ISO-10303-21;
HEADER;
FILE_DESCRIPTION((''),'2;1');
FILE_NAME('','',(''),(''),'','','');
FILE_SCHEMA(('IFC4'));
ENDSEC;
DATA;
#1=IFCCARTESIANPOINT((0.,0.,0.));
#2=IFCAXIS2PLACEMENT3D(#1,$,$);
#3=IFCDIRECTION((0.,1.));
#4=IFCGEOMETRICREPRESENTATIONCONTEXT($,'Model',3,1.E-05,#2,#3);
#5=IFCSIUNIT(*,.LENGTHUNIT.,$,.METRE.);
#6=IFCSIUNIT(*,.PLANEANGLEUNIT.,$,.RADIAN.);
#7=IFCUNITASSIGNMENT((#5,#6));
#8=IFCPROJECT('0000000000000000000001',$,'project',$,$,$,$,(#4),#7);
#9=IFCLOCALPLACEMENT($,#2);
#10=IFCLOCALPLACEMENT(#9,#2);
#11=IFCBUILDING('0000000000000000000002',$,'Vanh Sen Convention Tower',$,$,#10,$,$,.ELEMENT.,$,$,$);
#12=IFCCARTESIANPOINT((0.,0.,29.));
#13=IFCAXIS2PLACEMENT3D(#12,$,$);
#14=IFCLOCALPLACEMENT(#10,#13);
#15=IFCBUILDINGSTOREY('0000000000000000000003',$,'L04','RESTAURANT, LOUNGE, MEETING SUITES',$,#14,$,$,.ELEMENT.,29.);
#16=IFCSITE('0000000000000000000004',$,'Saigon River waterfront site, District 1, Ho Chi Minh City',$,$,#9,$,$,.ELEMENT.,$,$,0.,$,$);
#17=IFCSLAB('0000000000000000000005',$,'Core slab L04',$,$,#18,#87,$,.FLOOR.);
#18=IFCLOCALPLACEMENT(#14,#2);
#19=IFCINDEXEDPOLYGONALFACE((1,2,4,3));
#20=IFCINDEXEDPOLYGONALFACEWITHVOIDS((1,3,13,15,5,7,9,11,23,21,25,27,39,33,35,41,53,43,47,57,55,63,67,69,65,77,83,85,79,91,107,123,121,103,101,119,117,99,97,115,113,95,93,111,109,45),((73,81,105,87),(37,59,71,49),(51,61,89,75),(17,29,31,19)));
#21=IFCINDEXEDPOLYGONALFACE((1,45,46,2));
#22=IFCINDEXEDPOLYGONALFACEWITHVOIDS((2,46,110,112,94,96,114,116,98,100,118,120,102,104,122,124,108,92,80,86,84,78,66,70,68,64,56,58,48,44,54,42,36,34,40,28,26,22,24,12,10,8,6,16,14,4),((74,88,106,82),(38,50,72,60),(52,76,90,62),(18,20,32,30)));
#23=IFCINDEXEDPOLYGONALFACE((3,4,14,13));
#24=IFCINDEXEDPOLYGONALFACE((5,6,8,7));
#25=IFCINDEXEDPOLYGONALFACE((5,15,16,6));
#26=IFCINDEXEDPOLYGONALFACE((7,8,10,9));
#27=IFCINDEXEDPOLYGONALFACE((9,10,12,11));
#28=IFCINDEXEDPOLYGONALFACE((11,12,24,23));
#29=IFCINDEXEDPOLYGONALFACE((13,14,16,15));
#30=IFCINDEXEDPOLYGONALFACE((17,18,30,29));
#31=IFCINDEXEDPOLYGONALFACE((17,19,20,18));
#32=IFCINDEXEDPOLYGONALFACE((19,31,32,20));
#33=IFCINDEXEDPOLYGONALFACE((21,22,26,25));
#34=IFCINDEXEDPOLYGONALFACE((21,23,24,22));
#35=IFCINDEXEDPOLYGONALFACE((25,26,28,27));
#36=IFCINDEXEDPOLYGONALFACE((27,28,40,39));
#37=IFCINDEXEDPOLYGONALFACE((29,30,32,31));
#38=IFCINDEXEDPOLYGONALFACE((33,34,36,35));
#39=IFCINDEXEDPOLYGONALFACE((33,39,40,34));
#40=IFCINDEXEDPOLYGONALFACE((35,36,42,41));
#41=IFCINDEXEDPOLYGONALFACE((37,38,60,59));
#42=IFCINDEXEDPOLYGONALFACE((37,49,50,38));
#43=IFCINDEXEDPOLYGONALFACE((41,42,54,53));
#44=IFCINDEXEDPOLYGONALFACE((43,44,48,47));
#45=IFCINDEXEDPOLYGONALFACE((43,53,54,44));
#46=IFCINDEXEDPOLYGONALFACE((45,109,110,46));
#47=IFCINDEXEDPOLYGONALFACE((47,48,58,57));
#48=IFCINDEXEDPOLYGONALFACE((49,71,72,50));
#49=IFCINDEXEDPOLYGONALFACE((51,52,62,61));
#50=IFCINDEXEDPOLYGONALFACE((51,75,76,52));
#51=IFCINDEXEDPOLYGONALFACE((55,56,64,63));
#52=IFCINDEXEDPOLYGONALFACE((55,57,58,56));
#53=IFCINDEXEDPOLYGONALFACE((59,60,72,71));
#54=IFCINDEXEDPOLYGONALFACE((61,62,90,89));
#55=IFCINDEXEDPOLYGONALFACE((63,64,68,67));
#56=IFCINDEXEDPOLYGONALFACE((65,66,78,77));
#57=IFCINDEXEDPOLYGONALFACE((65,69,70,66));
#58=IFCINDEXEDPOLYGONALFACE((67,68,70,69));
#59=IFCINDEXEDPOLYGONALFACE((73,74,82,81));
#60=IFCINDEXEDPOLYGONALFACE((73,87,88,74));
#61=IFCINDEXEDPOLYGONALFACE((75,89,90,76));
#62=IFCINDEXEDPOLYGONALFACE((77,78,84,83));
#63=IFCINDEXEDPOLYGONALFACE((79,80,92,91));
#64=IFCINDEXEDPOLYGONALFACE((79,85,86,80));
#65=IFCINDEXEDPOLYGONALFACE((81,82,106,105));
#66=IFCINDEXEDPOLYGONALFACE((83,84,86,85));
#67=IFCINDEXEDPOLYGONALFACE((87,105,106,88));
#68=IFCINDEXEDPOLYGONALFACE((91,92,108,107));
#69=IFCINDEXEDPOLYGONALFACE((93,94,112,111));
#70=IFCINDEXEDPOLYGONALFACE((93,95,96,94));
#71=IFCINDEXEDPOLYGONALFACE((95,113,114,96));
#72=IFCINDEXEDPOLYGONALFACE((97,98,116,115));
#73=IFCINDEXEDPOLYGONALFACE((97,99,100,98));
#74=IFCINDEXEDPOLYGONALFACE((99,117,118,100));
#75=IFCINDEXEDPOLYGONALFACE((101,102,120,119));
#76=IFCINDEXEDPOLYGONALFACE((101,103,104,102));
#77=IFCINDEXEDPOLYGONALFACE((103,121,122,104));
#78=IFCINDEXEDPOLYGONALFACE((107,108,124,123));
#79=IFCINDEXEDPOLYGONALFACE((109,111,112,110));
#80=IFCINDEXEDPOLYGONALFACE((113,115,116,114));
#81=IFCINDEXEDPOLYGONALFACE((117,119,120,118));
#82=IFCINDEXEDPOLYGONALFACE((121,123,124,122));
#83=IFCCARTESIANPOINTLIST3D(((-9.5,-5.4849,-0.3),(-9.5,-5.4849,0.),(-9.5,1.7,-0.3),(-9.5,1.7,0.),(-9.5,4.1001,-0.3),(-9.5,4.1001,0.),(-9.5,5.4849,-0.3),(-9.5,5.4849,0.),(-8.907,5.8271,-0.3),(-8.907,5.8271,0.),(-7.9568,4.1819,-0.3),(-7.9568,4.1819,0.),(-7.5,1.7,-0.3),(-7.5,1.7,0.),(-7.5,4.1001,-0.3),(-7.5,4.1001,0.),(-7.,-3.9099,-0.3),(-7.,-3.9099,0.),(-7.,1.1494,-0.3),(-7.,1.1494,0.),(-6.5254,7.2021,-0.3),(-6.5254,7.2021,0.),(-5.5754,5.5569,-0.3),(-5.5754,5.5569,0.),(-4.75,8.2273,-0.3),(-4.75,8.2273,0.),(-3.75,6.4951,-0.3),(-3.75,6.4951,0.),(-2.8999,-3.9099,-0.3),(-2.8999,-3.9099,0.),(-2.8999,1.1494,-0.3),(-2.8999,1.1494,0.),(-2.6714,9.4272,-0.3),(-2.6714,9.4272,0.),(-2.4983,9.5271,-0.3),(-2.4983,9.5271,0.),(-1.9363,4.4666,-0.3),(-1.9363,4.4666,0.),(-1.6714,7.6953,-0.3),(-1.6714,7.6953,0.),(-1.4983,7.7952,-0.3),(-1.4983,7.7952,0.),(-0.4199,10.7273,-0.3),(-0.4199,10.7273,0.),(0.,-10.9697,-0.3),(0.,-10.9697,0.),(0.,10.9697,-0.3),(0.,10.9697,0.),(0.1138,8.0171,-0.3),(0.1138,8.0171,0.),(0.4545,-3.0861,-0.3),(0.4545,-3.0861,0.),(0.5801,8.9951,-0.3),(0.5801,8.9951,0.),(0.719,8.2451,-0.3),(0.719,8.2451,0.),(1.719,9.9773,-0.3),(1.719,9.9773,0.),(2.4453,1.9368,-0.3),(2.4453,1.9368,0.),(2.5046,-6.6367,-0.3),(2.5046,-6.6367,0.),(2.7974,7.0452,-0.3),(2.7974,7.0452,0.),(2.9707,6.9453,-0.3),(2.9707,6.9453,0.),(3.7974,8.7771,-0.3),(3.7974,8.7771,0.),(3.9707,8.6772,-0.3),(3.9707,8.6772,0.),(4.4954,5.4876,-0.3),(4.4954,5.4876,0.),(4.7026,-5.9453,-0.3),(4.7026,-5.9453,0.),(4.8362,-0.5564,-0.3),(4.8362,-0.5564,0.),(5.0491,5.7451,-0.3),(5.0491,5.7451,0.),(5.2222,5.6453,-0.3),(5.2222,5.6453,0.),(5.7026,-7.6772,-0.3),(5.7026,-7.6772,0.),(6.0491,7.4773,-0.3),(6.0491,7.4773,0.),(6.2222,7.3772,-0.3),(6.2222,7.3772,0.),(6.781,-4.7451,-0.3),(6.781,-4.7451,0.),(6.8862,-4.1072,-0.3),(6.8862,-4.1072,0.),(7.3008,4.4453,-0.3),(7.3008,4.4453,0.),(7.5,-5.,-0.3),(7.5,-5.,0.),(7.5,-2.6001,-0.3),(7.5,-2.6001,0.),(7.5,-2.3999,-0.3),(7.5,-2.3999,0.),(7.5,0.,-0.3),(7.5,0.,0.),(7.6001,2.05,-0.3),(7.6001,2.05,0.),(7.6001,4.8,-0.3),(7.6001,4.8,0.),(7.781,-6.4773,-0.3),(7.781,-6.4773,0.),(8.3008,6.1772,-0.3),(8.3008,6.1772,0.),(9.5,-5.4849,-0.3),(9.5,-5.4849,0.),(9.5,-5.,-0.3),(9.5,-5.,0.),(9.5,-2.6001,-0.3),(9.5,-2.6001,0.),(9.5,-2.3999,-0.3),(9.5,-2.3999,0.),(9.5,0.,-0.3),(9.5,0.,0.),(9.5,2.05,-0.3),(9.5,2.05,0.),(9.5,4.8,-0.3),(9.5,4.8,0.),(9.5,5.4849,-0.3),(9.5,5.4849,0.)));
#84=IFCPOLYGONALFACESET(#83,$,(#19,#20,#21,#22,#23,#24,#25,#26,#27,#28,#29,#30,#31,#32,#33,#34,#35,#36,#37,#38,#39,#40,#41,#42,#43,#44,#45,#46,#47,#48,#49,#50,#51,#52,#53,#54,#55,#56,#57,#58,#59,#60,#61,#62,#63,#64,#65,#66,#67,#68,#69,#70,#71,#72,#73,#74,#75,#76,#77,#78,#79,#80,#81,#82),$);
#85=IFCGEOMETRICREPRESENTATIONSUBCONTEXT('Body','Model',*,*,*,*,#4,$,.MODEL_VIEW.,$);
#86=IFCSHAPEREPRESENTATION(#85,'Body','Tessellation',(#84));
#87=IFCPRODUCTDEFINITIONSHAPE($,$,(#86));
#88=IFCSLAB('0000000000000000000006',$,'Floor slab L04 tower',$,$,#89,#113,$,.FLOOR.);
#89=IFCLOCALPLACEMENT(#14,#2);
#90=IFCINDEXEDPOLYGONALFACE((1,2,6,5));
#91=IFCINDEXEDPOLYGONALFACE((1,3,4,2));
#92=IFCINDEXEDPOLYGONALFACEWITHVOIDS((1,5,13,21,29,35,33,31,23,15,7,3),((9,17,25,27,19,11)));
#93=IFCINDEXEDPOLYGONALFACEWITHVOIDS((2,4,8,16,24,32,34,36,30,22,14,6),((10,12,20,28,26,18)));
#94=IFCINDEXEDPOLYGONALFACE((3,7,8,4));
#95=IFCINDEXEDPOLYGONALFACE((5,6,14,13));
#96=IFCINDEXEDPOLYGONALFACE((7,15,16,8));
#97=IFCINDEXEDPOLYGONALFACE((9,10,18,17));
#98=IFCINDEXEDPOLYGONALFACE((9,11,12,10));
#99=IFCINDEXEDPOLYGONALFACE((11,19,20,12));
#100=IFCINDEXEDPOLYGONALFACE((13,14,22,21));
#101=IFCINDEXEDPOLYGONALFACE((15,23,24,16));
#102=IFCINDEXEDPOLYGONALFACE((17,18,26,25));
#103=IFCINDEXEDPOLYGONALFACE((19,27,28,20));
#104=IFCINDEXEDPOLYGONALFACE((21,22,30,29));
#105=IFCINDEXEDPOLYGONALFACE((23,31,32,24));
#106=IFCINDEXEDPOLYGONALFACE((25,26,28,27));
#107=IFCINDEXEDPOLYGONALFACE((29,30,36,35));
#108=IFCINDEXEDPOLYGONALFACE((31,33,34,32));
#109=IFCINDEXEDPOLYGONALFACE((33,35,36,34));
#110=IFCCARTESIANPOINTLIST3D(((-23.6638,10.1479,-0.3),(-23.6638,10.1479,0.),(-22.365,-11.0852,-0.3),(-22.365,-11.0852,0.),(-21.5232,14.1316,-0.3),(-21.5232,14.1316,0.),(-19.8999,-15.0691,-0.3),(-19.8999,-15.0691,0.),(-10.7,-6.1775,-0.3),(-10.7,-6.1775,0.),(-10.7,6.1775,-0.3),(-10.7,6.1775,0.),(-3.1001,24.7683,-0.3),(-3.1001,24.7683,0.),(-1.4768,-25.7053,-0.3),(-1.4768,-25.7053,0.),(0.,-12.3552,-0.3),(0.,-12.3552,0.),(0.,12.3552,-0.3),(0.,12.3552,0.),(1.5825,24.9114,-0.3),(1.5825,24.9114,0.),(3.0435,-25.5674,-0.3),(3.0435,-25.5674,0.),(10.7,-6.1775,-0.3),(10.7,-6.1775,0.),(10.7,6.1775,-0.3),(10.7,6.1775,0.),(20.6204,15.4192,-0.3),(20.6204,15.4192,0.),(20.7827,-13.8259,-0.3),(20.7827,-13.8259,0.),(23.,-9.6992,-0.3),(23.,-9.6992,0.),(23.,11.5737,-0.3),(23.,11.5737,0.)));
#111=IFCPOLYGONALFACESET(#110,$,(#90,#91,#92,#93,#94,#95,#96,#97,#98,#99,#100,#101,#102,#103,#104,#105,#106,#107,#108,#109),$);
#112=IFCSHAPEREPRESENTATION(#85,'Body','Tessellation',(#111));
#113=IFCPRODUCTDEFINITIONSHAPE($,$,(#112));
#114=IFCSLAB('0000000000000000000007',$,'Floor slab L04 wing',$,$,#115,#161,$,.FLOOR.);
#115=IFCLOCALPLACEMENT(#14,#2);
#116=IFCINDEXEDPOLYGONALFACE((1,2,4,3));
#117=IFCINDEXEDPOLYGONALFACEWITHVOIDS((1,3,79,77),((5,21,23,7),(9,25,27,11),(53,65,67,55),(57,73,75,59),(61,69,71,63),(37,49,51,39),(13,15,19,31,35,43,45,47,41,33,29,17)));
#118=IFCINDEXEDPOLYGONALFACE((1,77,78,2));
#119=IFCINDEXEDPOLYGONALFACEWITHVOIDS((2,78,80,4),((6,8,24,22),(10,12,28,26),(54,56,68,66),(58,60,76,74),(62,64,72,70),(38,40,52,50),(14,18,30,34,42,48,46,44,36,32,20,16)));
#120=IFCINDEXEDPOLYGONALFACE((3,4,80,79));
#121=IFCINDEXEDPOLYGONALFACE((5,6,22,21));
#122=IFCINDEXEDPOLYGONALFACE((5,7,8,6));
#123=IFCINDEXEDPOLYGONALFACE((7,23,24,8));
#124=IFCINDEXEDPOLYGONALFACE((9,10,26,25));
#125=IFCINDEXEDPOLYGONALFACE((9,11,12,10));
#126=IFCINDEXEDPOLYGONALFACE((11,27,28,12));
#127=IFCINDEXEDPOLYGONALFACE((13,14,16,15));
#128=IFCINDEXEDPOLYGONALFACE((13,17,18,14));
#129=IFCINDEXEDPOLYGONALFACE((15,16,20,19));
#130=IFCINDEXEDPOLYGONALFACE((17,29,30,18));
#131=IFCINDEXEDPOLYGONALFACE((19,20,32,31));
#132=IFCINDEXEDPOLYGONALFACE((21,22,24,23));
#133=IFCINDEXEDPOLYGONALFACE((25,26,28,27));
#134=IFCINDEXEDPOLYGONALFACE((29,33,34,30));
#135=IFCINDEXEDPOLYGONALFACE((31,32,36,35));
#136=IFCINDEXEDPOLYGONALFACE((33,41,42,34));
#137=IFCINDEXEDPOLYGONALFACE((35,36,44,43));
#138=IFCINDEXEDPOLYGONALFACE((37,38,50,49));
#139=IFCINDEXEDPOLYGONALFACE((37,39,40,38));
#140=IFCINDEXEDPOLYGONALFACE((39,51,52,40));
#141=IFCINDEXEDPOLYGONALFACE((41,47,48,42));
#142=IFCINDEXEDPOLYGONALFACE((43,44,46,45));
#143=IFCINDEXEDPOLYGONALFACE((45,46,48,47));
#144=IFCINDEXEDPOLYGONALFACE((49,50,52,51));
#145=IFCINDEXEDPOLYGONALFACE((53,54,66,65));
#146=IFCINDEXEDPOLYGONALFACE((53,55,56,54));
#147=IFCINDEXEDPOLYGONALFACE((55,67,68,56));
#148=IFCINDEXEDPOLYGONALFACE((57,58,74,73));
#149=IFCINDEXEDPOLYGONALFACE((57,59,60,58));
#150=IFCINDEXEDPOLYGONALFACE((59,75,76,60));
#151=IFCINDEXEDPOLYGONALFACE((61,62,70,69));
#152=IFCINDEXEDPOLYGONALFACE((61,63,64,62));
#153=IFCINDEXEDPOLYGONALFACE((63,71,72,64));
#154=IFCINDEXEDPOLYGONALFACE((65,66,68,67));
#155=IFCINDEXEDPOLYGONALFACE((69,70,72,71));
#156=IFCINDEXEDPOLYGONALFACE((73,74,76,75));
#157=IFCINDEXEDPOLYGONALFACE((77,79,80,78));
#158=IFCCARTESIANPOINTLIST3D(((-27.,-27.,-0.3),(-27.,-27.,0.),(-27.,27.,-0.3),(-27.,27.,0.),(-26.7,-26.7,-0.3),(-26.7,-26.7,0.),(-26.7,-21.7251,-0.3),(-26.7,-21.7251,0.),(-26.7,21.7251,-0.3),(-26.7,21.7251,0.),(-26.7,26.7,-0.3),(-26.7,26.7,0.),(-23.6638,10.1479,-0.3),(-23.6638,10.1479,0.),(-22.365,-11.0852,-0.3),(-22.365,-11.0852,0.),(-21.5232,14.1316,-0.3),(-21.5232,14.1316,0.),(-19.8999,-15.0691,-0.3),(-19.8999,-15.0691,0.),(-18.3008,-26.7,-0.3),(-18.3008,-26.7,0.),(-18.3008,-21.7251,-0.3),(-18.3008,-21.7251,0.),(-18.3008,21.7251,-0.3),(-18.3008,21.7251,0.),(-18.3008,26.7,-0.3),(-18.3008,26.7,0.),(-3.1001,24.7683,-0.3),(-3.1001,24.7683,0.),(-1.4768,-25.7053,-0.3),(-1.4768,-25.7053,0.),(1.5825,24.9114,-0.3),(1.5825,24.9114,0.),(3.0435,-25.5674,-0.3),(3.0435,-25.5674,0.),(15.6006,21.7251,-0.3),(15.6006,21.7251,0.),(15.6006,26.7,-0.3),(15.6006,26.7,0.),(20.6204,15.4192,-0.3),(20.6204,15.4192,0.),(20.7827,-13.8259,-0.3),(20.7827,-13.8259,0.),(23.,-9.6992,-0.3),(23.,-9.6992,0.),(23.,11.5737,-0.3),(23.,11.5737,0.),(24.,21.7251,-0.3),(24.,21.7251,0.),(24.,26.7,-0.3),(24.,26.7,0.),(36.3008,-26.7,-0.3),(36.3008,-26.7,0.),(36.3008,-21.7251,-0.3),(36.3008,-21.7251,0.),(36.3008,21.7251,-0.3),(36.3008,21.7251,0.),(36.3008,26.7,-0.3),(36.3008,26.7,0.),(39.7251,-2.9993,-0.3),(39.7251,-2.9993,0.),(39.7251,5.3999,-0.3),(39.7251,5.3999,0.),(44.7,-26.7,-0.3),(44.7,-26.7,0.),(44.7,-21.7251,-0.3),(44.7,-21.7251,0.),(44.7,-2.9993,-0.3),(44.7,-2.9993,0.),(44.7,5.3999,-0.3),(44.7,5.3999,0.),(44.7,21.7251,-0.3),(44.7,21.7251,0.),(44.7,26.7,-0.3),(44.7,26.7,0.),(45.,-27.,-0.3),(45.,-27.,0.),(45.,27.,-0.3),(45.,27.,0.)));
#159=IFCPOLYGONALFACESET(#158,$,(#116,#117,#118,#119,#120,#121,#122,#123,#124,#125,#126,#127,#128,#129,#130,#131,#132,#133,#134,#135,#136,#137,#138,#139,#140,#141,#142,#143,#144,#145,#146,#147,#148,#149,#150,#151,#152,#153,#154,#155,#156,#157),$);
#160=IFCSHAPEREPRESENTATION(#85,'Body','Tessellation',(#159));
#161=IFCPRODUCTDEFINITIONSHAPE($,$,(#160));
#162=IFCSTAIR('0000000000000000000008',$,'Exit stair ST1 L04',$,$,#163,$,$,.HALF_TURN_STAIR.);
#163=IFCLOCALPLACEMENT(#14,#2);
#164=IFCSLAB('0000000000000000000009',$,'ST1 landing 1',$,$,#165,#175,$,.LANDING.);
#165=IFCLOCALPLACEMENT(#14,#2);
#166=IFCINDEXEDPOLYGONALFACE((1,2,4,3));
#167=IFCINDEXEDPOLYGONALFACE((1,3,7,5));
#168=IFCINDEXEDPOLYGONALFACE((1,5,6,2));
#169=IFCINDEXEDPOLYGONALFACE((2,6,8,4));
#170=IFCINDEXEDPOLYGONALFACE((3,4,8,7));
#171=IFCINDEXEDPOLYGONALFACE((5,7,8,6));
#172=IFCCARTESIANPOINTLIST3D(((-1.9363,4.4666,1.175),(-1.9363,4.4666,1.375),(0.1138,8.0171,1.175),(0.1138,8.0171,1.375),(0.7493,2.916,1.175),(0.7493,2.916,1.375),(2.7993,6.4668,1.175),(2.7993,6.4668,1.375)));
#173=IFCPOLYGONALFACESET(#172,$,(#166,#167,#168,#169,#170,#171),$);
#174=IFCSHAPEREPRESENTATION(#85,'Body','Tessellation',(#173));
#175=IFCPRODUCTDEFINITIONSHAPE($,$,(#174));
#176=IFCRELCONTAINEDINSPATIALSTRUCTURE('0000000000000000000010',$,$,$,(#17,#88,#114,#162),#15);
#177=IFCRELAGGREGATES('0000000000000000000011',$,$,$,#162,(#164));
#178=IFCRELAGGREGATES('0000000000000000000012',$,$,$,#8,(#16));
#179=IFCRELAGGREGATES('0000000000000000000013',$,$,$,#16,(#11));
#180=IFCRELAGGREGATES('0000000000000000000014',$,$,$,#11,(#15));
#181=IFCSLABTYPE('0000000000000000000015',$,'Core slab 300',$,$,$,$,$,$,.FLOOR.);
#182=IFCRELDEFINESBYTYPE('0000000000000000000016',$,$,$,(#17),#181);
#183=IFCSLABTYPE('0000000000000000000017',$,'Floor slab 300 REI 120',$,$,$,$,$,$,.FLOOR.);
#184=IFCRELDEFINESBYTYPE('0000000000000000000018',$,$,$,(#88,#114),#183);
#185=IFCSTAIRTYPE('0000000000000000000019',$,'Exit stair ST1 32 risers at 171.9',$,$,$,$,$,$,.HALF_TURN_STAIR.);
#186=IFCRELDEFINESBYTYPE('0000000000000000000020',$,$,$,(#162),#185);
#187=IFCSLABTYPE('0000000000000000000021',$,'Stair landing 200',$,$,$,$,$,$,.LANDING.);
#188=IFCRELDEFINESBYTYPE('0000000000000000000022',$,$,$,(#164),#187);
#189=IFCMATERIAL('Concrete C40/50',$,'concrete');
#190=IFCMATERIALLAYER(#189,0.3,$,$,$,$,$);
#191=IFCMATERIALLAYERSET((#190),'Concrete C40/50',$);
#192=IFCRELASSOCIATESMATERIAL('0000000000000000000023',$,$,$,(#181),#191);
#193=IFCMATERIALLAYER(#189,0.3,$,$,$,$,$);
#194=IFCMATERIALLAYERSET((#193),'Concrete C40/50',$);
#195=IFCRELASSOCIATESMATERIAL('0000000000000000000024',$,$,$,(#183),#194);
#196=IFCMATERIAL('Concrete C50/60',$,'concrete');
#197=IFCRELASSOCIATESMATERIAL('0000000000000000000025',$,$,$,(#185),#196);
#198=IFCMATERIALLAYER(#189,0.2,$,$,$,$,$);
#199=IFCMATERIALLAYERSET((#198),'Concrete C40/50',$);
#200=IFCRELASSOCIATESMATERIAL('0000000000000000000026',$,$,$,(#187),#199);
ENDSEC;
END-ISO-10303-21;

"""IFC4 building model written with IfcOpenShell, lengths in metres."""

from ifc_helpers import new_model, si_unit, direction, frame, origin, place, context, subcontext, project, spatial, polyline, outline, extrude, material, layer, layer_set, type_object, element, aggregate, save


model = new_model("IFC4")

# Units and contexts
model_context = context("Model", 3, precision=1e-05, world=origin(), true_north=direction((0.0, 1.0)))
body_context = subcontext(model_context, "Body", "Model", "MODEL_VIEW")
ifc_project = project(units=[si_unit("LENGTHUNIT", "METRE"), si_unit("PLANEANGLEUNIT", "RADIAN")], contexts=[model_context])

# Site, building, storey
site_placement = place(None, origin())
site = spatial("IfcSite", under=ifc_project, at=site_placement, Name="Saigon River waterfront site, District 1, Ho Chi Minh City", CompositionType="ELEMENT", RefElevation=0.0)
building_placement = place(site_placement, origin())
building = spatial("IfcBuilding", under=site, at=building_placement, Name="Vanh Sen Convention Tower", CompositionType="ELEMENT")
storey_placement = place(building_placement, frame((0.0, 0.0, 29.0)))
storey = spatial("IfcBuildingStorey", under=building, at=storey_placement, Name="L04", Description="RESTAURANT, LOUNGE, MEETING SUITES", CompositionType="ELEMENT", Elevation=29.0)

# Slabs
ifc_material_1 = material(Name="Concrete C40/50", Category="concrete")
ifc_layer_1 = layer(ifc_material_1, 0.3)
ifc_layer_set_1 = layer_set([ifc_layer_1], Name="Concrete C40/50")
slab_type_1 = type_object("IfcSlabType", Name="Core slab 300", PredefinedType="FLOOR", material=ifc_layer_set_1)
slab_1_placement = place(storey_placement, frame((0.0, 0.0, -0.3)))
element("IfcSlab", 1, at=slab_1_placement, inside=storey, type_object=slab_type_1, Name="Core slab L04", PredefinedType="FLOOR", context=body_context, shape_type="SweptSolid", body=[
    extrude(outline(polyline([(9.5, 5.4849), (9.5, 4.8), (7.6001, 4.8), (7.6001, 2.05), (9.5, 2.05), (9.5, 0.0), (7.5, 0.0), (7.5, -2.3999), (9.5, -2.3999), (9.5, -2.6001), (7.5, -2.6001), (7.5, -5.0), (9.5, -5.0), (9.5, -5.4849), (0.0, -10.9697), (-9.5, -5.4849), (-9.5, 1.7), (-7.5, 1.7), (-7.5, 4.1001), (-9.5, 4.1001), (-9.5, 5.4849), (-8.907, 5.8271), (-7.9568, 4.1819), (-5.5754, 5.5569), (-6.5254, 7.2021), (-4.75, 8.2273), (-3.75, 6.4951), (-1.6714, 7.6953), (-2.6714, 9.4272), (-2.4983, 9.5271), (-1.4983, 7.7952), (0.5801, 8.9951), (-0.4199, 10.7273), (0.0, 10.9697), (1.719, 9.9773), (0.719, 8.2451), (2.7974, 7.0452), (3.7974, 8.7771), (3.9707, 8.6772), (2.9707, 6.9453), (5.0491, 5.7451), (6.0491, 7.4773), (6.2222, 7.3772), (5.2222, 5.6453), (7.3008, 4.4453), (8.3008, 6.1772), (9.5, 5.4849)]), holes=[polyline([(-7.0, 3.1499), (-7.0, -3.9099), (-2.8999, -3.9099), (-2.8999, 3.1499), (-2.8999, 1.1494), (-7.0, 1.1494), (-7.0, 3.1499)]), polyline([(4.4954, 5.4875), (6.228, 4.4873), (0.1138, 8.0171), (-1.9363, 4.4666), (2.4453, 1.9368), (4.4954, 5.4875)]), polyline([(7.781, -6.4773), (6.781, -4.7451), (4.7026, -5.9453), (5.7026, -7.6772), (7.781, -6.4773)]), polyline([(0.4546, -3.0862), (2.5046, -6.6367), (6.8862, -4.1072), (4.8362, -0.5564), (-1.2781, -4.0864), (0.4546, -3.0862)])]), origin(), (0.0, 0.0, 1.0), 0.3),
])
ifc_layer_2 = layer(ifc_material_1, 0.3)
ifc_layer_set_2 = layer_set([ifc_layer_2], Name="Concrete C40/50")
slab_type_2 = type_object("IfcSlabType", Name="Floor slab 300 REI 120", PredefinedType="FLOOR", material=ifc_layer_set_2)
slab_2_placement = place(storey_placement, frame((0.0, 0.0, -0.3)))
element("IfcSlab", 2, at=slab_2_placement, inside=storey, type_object=slab_type_2, Name="Floor slab L04 tower", PredefinedType="FLOOR", context=body_context, shape_type="SweptSolid", body=[
    extrude(outline(polyline([(-23.6638, 10.1479), (-22.365, -11.0852), (-19.8999, -15.0691), (-1.4768, -25.7053), (3.0435, -25.5674), (20.7827, -13.8259), (23.0, -9.6992), (23.0, 11.5737), (20.6204, 15.4192), (1.5825, 24.9114), (-3.1001, 24.7683), (-21.5232, 14.1316), (-23.6638, 10.1479)]), holes=[polyline([(0.0, 12.3552), (-10.7, 6.1775), (-10.7, -6.1775), (0.0, -12.3552), (10.7, -6.1775), (10.7, 6.1775), (0.0, 12.3552)])]), origin(), (0.0, 0.0, 1.0), 0.3),
])
slab_3_placement = place(storey_placement, frame((0.0, 0.0, -0.3)))
element("IfcSlab", 3, at=slab_3_placement, inside=storey, type_object=slab_type_2, Name="Floor slab L04 wing", PredefinedType="FLOOR", context=body_context, shape_type="SweptSolid", body=[
    extrude(outline(polyline([(45.0, 27.0), (-27.0, 27.0), (-27.0, -27.0), (45.0, -27.0), (45.0, 27.0)]), holes=[polyline([(-22.365, -11.0852), (-19.8999, -15.0691), (-1.4768, -25.7053), (3.0435, -25.5674), (20.7827, -13.8259), (23.0, -9.6992), (23.0, 11.5737), (20.6204, 15.4192), (1.5825, 24.9114), (-3.1001, 24.7683), (-21.5232, 14.1316), (-23.6638, 10.1479), (-22.365, -11.0852)]), polyline([(44.7, 26.7), (36.3008, 26.7), (36.3008, 21.7251), (44.7, 21.7251), (44.7, 26.7)]), polyline([(36.3008, -26.7), (44.7, -26.7), (44.7, -21.7251), (36.3008, -21.7251), (36.3008, -26.7)]), polyline([(39.7251, -2.9993), (44.7, -2.9993), (44.7, 5.3999), (39.7251, 5.3999), (39.7251, -2.9993)]), polyline([(15.6006, 26.7), (15.6006, 21.7251), (24.0, 21.7251), (24.0, 26.7), (15.6006, 26.7)]), polyline([(-26.7, 26.7), (-26.7, 21.7251), (-18.3008, 21.7251), (-18.3008, 26.7), (-26.7, 26.7)]), polyline([(-26.7, -21.7251), (-26.7, -26.7), (-18.3008, -26.7), (-18.3008, -21.7251), (-26.7, -21.7251)])]), origin(), (0.0, 0.0, 1.0), 0.3),
])

# Stair, slab
ifc_material_2 = material(Name="Concrete C50/60", Category="concrete")
stair_type_1 = type_object("IfcStairType", Name="Exit stair ST1 32 risers at 171.9", PredefinedType="HALF_TURN_STAIR", material=ifc_material_2)
stair_1_placement = place(storey_placement, origin())
stair_1 = element("IfcStair", 4, at=stair_1_placement, inside=storey, type_object=stair_type_1, Name="Exit stair ST1 L04", PredefinedType="HALF_TURN_STAIR")
ifc_layer_3 = layer(ifc_material_1, 0.2)
ifc_layer_set_3 = layer_set([ifc_layer_3], Name="Concrete C40/50")
slab_type_3 = type_object("IfcSlabType", Name="Stair landing 200", PredefinedType="LANDING", material=ifc_layer_set_3)
slab_4_placement = place(storey_placement, frame((0.0, 0.0, 1.175)))
slab_4 = element("IfcSlab", 5, at=slab_4_placement, type_object=slab_type_3, Name="ST1 landing 1", PredefinedType="LANDING", context=body_context, shape_type="SweptSolid", body=[
    extrude(outline(polyline([(2.7993, 6.4668), (0.1138, 8.0171), (-1.9363, 4.4666), (0.7493, 2.916), (2.7993, 6.4668)])), origin(), (0.0, 0.0, 1.0), 0.2),
])
aggregate(stair_1, [slab_4])

save(model, "model.ifc")
